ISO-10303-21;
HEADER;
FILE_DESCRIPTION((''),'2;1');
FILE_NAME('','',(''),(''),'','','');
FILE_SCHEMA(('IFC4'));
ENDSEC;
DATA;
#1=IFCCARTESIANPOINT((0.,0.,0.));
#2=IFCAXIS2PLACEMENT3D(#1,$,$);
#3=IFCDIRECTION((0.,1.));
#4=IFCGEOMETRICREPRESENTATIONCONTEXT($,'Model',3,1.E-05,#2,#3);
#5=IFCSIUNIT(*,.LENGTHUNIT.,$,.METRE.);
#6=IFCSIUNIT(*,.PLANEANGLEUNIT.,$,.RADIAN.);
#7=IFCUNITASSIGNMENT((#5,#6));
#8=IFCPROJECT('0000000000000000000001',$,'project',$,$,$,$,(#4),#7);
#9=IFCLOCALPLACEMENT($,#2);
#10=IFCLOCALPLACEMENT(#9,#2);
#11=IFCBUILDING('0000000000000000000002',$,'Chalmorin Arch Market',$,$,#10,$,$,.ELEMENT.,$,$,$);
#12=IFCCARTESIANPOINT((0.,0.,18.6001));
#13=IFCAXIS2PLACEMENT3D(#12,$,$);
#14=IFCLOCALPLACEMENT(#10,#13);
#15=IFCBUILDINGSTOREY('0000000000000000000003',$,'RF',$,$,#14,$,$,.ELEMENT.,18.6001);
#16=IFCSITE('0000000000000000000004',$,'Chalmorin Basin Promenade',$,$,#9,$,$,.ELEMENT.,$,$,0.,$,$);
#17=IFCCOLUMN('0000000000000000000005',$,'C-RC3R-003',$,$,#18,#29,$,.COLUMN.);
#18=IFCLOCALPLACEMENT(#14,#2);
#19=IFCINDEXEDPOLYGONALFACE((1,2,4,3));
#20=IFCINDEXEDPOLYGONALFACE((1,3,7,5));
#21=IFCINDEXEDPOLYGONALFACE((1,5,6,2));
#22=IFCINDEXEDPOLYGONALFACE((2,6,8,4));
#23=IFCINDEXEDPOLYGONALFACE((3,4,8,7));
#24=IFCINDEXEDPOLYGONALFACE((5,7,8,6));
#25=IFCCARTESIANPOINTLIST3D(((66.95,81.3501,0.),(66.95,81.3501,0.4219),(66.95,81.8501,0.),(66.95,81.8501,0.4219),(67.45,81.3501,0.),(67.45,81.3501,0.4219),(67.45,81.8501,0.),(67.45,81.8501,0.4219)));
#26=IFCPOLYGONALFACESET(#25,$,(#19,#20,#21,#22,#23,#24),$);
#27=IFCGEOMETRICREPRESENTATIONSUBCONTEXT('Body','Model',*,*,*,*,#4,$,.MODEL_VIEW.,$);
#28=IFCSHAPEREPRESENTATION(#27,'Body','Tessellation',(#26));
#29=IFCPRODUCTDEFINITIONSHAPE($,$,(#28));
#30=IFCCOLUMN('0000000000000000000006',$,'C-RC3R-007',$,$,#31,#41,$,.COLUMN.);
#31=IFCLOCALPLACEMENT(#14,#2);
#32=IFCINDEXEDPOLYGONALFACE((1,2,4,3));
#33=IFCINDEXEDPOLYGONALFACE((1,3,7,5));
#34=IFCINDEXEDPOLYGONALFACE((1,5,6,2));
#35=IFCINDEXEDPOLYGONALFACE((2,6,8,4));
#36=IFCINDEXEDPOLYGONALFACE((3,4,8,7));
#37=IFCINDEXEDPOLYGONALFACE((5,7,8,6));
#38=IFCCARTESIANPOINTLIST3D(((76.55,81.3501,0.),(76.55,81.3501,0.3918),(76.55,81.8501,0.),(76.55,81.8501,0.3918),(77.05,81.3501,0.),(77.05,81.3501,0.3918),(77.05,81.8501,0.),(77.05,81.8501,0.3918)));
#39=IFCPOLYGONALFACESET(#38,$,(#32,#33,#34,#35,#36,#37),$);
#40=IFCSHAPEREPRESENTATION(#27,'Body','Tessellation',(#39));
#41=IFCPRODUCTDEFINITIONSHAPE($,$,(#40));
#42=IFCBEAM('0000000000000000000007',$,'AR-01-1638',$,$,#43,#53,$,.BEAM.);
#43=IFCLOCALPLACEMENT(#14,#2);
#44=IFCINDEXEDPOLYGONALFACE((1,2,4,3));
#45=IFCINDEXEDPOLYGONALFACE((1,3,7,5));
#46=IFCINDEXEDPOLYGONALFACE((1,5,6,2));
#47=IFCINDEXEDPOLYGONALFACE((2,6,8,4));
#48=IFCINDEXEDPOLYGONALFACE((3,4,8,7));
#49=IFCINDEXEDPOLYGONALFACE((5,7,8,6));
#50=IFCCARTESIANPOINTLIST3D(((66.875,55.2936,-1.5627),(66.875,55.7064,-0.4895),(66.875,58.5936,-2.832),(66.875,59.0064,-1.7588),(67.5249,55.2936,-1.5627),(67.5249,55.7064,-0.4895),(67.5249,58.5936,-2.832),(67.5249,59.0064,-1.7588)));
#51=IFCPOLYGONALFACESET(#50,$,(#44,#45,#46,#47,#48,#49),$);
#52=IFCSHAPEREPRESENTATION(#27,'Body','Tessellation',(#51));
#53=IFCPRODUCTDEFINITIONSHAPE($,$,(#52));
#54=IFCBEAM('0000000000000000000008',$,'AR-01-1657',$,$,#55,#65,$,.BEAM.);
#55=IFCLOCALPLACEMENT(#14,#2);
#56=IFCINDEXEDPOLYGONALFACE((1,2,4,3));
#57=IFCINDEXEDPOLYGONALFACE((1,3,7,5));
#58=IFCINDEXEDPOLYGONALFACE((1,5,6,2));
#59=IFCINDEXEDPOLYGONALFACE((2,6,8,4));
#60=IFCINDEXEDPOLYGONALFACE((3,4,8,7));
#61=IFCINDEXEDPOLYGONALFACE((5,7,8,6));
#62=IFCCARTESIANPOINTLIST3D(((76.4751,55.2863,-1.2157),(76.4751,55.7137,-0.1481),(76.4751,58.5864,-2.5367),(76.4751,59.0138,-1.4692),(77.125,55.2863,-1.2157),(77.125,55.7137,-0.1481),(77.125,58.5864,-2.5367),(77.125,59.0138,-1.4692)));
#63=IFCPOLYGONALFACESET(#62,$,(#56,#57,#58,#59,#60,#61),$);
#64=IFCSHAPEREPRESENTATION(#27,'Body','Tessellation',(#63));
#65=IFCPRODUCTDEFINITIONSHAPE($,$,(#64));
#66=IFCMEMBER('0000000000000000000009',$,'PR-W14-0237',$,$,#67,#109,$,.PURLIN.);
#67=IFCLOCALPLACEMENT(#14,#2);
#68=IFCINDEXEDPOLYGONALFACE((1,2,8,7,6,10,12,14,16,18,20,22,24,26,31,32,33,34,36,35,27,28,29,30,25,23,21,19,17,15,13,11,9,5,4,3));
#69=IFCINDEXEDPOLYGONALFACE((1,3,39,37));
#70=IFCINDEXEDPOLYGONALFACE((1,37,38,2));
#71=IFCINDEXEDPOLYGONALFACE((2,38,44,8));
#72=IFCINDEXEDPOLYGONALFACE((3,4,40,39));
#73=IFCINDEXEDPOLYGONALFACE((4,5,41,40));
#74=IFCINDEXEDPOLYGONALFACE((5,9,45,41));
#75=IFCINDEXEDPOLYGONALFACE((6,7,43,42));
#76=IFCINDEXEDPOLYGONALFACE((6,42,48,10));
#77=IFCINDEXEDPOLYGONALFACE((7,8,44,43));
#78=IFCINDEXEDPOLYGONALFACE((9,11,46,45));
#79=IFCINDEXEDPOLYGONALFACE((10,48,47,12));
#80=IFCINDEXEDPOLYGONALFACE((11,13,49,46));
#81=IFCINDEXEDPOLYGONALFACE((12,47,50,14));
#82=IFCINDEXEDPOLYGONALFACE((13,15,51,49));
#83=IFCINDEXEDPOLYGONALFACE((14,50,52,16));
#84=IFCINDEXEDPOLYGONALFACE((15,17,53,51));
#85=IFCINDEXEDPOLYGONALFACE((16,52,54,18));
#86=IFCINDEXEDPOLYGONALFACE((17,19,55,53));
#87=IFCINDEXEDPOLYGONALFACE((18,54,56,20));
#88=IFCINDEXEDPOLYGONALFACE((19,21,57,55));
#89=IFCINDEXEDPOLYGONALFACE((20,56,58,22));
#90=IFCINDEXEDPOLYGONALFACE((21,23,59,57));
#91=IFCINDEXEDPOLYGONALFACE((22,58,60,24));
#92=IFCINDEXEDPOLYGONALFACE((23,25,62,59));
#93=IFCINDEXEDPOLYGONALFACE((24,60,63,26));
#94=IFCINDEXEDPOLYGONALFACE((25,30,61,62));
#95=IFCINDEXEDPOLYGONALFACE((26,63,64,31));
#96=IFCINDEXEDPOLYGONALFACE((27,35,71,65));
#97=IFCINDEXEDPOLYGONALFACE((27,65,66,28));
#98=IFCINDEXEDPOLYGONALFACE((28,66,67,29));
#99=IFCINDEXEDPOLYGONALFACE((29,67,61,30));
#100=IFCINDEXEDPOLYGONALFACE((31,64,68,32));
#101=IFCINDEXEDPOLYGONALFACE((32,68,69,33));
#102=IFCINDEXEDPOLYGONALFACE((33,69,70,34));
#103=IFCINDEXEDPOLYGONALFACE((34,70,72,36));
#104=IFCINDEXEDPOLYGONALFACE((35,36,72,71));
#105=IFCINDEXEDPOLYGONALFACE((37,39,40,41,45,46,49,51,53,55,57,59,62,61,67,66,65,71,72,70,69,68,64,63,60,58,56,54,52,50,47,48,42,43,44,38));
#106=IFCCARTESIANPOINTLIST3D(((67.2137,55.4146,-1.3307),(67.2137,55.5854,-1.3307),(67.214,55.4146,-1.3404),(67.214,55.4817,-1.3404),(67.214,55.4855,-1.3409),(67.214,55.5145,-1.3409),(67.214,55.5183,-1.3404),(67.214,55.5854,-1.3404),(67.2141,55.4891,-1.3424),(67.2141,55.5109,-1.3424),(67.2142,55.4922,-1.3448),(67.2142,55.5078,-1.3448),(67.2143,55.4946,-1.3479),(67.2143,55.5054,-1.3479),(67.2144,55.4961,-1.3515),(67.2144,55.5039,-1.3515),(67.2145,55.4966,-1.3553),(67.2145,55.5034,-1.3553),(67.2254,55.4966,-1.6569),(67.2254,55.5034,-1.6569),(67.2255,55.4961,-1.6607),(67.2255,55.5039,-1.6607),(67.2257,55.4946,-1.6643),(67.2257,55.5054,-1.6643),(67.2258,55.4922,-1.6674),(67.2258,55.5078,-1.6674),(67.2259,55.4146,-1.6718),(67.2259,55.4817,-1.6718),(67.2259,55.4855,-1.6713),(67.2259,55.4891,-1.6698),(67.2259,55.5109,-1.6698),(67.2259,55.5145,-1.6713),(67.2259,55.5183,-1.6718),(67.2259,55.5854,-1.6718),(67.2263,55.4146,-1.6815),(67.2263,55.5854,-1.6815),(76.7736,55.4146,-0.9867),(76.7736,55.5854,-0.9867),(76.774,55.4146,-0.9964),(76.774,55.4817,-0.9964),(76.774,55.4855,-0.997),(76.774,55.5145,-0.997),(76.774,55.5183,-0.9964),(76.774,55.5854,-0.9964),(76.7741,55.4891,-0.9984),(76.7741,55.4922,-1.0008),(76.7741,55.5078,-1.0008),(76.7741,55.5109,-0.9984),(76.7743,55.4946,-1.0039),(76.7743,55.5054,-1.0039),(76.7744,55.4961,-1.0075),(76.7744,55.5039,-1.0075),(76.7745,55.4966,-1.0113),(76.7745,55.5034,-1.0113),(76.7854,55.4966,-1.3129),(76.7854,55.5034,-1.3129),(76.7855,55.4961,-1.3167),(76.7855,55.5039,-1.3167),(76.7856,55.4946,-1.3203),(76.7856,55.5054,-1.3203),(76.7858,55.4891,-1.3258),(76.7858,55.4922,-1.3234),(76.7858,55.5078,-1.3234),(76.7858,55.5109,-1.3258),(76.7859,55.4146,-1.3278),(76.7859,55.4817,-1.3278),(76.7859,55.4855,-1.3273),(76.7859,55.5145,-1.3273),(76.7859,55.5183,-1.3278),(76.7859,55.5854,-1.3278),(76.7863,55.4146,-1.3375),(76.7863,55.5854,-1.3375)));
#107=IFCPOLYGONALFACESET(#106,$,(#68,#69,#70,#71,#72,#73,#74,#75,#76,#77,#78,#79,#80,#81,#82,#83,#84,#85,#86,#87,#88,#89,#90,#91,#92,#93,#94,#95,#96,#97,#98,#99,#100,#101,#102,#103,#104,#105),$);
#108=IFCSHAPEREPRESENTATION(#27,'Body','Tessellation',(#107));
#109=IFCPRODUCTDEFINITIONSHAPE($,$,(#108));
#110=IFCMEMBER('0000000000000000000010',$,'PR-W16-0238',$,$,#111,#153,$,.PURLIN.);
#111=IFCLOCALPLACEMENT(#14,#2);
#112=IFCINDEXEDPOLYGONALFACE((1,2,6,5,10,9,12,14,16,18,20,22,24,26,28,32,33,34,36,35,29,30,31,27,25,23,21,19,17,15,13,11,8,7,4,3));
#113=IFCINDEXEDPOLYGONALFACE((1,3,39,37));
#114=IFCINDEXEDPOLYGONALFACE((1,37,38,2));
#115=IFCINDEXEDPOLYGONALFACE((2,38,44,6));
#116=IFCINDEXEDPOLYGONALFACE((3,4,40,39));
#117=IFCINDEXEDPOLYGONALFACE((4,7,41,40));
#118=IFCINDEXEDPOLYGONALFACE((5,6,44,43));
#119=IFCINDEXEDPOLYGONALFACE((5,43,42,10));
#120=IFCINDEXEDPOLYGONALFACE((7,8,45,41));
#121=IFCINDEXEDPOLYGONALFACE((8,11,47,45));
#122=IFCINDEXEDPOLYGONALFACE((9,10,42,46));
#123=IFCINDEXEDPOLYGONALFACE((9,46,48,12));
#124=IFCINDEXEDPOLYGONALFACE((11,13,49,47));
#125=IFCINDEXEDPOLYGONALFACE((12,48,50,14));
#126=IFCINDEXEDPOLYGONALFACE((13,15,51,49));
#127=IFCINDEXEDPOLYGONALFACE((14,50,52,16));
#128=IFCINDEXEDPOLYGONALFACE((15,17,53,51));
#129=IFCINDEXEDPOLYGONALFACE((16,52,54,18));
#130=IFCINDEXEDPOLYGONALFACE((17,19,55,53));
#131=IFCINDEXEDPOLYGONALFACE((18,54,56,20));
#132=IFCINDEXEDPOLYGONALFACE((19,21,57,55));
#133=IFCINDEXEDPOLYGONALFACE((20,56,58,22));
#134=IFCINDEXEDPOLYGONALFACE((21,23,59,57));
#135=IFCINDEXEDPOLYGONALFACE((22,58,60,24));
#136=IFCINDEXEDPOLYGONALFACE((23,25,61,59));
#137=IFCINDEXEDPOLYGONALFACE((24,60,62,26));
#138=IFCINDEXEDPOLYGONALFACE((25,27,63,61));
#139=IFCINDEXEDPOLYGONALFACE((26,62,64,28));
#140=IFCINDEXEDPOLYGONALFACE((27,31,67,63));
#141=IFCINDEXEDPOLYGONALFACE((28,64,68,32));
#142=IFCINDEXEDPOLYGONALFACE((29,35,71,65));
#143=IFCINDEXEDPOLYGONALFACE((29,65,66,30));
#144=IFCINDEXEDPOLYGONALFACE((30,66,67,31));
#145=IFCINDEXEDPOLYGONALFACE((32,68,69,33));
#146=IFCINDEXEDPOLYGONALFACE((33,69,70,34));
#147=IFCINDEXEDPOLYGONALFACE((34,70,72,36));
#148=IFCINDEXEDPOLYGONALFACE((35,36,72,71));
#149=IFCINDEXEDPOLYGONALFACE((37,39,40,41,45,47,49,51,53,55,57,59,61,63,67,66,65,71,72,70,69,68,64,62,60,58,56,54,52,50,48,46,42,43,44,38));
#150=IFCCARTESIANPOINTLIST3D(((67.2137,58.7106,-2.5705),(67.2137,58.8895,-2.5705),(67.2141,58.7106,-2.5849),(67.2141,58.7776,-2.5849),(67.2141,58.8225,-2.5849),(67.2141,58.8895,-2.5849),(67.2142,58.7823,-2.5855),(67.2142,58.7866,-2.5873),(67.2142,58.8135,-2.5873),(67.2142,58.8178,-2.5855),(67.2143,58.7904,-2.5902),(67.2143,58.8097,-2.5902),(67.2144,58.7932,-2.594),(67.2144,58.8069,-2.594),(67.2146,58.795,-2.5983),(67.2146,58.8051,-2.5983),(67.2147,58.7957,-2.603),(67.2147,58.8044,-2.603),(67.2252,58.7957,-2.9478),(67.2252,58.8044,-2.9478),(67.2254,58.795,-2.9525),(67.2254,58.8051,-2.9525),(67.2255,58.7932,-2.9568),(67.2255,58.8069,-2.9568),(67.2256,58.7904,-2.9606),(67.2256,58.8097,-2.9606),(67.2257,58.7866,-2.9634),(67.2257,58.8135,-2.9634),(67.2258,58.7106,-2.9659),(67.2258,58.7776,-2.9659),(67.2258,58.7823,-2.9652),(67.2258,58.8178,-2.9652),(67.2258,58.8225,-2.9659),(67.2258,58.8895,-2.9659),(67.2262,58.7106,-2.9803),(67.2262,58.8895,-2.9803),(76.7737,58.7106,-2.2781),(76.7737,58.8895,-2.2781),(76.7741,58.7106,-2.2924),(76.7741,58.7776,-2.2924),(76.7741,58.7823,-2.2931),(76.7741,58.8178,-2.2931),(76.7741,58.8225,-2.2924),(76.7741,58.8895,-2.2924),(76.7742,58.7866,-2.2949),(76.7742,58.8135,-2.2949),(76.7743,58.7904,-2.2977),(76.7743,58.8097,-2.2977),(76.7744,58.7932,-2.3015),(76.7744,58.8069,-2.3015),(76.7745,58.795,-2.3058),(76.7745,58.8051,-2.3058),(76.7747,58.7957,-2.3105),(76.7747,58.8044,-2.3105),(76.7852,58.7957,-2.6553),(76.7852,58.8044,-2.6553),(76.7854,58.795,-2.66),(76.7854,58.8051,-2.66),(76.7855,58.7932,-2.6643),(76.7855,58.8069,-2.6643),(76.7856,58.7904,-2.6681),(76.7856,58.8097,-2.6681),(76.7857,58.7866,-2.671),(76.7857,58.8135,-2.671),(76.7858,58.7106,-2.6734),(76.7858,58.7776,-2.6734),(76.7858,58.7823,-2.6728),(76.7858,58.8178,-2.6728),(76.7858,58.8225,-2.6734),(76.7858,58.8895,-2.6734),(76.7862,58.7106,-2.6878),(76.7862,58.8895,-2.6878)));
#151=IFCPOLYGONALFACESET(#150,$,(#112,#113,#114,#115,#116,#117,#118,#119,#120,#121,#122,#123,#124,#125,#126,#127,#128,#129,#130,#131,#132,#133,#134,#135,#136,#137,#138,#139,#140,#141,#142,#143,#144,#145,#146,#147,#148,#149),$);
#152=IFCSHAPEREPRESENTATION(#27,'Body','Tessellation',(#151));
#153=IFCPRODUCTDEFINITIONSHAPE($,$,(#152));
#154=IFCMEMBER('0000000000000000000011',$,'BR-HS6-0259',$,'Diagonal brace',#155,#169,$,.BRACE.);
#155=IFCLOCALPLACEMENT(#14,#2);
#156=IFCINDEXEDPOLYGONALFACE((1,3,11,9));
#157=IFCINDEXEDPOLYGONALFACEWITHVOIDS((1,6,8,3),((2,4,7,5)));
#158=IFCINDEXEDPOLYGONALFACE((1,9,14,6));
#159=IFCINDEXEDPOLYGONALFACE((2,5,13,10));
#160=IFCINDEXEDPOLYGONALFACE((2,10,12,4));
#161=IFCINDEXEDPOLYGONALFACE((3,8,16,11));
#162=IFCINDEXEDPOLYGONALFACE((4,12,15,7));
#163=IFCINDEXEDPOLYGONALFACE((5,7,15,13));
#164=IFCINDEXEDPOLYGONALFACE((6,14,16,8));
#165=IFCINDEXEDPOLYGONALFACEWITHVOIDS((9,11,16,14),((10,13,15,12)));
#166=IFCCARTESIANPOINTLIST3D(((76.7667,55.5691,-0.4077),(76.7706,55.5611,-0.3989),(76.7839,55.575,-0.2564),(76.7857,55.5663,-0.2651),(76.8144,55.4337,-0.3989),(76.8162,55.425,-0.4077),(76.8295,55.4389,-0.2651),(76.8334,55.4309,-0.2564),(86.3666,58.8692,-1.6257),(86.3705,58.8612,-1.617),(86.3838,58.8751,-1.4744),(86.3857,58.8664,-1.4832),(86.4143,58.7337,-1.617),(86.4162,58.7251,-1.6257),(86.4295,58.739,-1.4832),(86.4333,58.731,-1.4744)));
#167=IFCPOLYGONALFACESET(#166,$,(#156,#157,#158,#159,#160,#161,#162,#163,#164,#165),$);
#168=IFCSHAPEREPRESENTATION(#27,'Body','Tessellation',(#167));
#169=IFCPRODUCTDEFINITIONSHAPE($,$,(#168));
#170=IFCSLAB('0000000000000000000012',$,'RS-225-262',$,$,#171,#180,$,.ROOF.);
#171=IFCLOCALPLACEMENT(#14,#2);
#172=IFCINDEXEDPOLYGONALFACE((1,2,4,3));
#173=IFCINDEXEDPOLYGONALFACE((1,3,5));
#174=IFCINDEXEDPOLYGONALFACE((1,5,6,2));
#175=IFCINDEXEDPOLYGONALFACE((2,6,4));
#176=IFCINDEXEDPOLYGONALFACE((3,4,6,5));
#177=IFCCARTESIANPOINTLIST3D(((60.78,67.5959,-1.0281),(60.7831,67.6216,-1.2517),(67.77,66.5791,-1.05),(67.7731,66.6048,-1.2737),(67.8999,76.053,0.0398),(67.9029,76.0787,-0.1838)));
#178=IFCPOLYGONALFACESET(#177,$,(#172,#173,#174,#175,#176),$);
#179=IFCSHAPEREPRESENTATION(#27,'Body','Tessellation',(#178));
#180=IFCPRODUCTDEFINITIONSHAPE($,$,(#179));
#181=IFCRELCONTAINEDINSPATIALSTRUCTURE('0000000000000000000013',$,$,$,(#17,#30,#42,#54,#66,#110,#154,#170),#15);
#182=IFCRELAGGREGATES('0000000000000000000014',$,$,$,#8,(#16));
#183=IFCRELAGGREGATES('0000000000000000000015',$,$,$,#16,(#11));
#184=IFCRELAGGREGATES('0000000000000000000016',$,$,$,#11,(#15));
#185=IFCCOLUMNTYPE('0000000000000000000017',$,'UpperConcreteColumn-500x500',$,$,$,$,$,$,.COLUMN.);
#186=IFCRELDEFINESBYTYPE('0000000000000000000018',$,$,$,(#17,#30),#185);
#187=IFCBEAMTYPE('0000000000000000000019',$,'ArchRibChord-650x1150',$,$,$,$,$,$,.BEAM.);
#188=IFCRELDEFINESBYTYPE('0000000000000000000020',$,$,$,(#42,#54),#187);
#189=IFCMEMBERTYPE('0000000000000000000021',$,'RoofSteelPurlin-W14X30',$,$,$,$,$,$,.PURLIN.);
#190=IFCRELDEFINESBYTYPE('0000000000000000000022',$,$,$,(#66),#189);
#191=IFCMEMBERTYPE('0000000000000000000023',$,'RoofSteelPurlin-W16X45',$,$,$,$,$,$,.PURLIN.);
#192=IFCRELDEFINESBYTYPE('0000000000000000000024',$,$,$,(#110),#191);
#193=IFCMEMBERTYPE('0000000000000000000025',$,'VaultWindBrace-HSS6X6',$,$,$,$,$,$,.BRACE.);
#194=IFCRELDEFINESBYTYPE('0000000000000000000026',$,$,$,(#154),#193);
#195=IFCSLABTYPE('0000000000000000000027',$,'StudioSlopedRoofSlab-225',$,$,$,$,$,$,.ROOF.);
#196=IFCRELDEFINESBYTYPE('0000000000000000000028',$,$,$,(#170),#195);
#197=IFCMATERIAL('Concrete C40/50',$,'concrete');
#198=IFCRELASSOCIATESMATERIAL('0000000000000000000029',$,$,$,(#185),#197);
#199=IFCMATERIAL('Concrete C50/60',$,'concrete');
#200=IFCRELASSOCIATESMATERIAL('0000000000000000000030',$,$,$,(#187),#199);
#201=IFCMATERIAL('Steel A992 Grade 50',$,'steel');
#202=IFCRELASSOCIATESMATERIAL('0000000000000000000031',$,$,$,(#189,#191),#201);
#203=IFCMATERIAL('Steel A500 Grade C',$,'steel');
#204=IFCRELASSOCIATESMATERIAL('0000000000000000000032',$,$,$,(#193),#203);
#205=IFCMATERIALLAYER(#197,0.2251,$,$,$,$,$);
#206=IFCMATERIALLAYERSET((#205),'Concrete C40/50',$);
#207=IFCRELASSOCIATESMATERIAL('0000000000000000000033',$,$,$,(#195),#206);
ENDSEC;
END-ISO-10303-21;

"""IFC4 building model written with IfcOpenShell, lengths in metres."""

from ifc_helpers import new_model, si_unit, direction, frame, origin, origin_2d, place, context, subcontext, project, spatial, polyline, rectangle, hollow_rectangle, i_section, outline, extrude, material, layer, layer_set, material_profile, profile_set, type_object, element, save


model = new_model("IFC4")

# Units and contexts
model_context = context("Model", 3, precision=1e-05, world=origin(), true_north=direction((0.0, 1.0)))
body_context = subcontext(model_context, "Body", "Model", "MODEL_VIEW")
ifc_project = project(units=[si_unit("LENGTHUNIT", "METRE"), si_unit("PLANEANGLEUNIT", "RADIAN")], contexts=[model_context])

# Site, building, storey
site_placement = place(None, origin())
site = spatial("IfcSite", under=ifc_project, at=site_placement, Name="Chalmorin Basin Promenade", CompositionType="ELEMENT", RefElevation=0.0)
building_placement = place(site_placement, origin())
building = spatial("IfcBuilding", under=site, at=building_placement, Name="Chalmorin Arch Market", CompositionType="ELEMENT")
storey_placement = place(building_placement, frame((0.0, 0.0, 18.6001)))
storey = spatial("IfcBuildingStorey", under=building, at=storey_placement, Name="RF", CompositionType="ELEMENT", Elevation=18.6001)

# Columns
ifc_material_1 = material(Name="Concrete C40/50", Category="concrete")
ifc_material_profile_1 = material_profile(ifc_material_1, rectangle(XDim=0.5, YDim=0.5, at=origin_2d()), Name="RC500X500")
ifc_profile_set_1 = profile_set([ifc_material_profile_1], Name="Concrete C40/50")
column_type = type_object("IfcColumnType", Name="UpperConcreteColumn-500x500", PredefinedType="COLUMN", material=ifc_profile_set_1)
column_1_placement = place(storey_placement, frame((67.2, 81.6001, 0.0), z_axis=(0.0, 0.0, 1.0), x_axis=(1.0, 0.0, 0.0)))
element("IfcColumn", 1, at=column_1_placement, inside=storey, type_object=column_type, Name="C-RC3R-003", PredefinedType="COLUMN", context=body_context, shape_type="SweptSolid", body=[
    extrude(rectangle(XDim=0.5, YDim=0.5, at=origin_2d()), origin(), (0.0, 0.0, 1.0), 0.4219),
])
column_2_placement = place(storey_placement, frame((76.8, 81.6001, 0.0), z_axis=(0.0, 0.0, 1.0), x_axis=(1.0, 0.0, 0.0)))
element("IfcColumn", 2, at=column_2_placement, inside=storey, type_object=column_type, Name="C-RC3R-007", PredefinedType="COLUMN", context=body_context, shape_type="SweptSolid", body=[
    extrude(rectangle(XDim=0.5, YDim=0.5, at=origin_2d()), origin(), (0.0, 0.0, 1.0), 0.3918),
])

# Beams
ifc_material_2 = material(Name="Concrete C50/60", Category="concrete")
ifc_material_profile_2 = material_profile(ifc_material_2, rectangle(XDim=0.6499, YDim=1.1499, at=origin_2d()), Name="RC650X1150")
ifc_profile_set_2 = profile_set([ifc_material_profile_2], Name="Concrete C50/60")
beam_type = type_object("IfcBeamType", Name="ArchRibChord-650x1150", PredefinedType="BEAM", material=ifc_profile_set_2)
beam_1_placement = place(storey_placement, frame((67.2, 55.5, -1.0261), z_axis=(0.0, 0.933342, -0.358988), x_axis=(-1.0, 0.0, 0.0)))
element("IfcBeam", 3, at=beam_1_placement, inside=storey, type_object=beam_type, Name="AR-01-1638", PredefinedType="BEAM", context=body_context, shape_type="SweptSolid", body=[
    extrude(rectangle(XDim=0.6499, YDim=1.1499, at=origin_2d()), origin(), (0.0, 0.0, 1.0), 3.5356),
])
beam_2_placement = place(storey_placement, frame((76.8, 55.5, -0.6819), z_axis=(0.0, 0.928377, -0.371639), x_axis=(-1.0, 0.0, 0.0)))
element("IfcBeam", 4, at=beam_2_placement, inside=storey, type_object=beam_type, Name="AR-01-1657", PredefinedType="BEAM", context=body_context, shape_type="SweptSolid", body=[
    extrude(rectangle(XDim=0.6499, YDim=1.1499, at=origin_2d()), origin(), (0.0, 0.0, 1.0), 3.5547),
])

# Members
ifc_material_3 = material(Name="Steel A992 Grade 50", Category="steel")
ifc_material_profile_3 = material_profile(ifc_material_3, i_section(OverallWidth=0.1709, OverallDepth=0.3511, WebThickness=0.0068, FlangeThickness=0.0098, FilletRadius=0.0149, at=origin_2d()), Name="W14X30")
ifc_profile_set_3 = profile_set([ifc_material_profile_3], Name="Steel A992 Grade 50")
member_type_1 = type_object("IfcMemberType", Name="RoofSteelPurlin-W14X30", PredefinedType="PURLIN", material=ifc_profile_set_3)
member_1_placement = place(storey_placement, frame((67.22, 55.5, -1.5061), z_axis=(0.999353, 0.0, 0.035959), x_axis=(0.0, 1.0, 0.0)))
element("IfcMember", 5, at=member_1_placement, inside=storey, type_object=member_type_1, Name="PR-W14-0237", PredefinedType="PURLIN", context=body_context, shape_type="SweptSolid", body=[
    extrude(i_section(OverallWidth=0.1709, OverallDepth=0.3511, WebThickness=0.0068, FlangeThickness=0.0098, FilletRadius=0.0149, at=origin_2d()), origin(), (0.0, 0.0, 1.0), 9.5662),
])
ifc_material_profile_4 = material_profile(ifc_material_3, i_section(OverallWidth=0.179, OverallDepth=0.4099, WebThickness=0.0088, FlangeThickness=0.0144, FilletRadius=0.0181, at=origin_2d()), Name="W16X45")
ifc_profile_set_4 = profile_set([ifc_material_profile_4], Name="Steel A992 Grade 50")
member_type_2 = type_object("IfcMemberType", Name="RoofSteelPurlin-W16X45", PredefinedType="PURLIN", material=ifc_profile_set_4)
member_2_placement = place(storey_placement, frame((67.22, 58.8, -2.7754), z_axis=(0.999532, 0.0, 0.03058), x_axis=(0.0, 1.0, 0.0)))
element("IfcMember", 6, at=member_2_placement, inside=storey, type_object=member_type_2, Name="PR-W16-0238", PredefinedType="PURLIN", context=body_context, shape_type="SweptSolid", body=[
    extrude(i_section(OverallWidth=0.179, OverallDepth=0.4099, WebThickness=0.0088, FlangeThickness=0.0144, FilletRadius=0.0181, at=origin_2d()), origin(), (0.0, 0.0, 1.0), 9.5645),
])
ifc_material_4 = material(Name="Steel A500 Grade C", Category="steel")
ifc_material_profile_5 = material_profile(ifc_material_4, hollow_rectangle(XDim=0.1523, YDim=0.1523, WallThickness=0.0088, at=origin_2d()), Name="HSS6X6X3/8")
ifc_profile_set_5 = profile_set([ifc_material_profile_5], Name="Steel A500 Grade C")
member_type_3 = type_object("IfcMemberType", Name="VaultWindBrace-HSS6X6", PredefinedType="BRACE", material=ifc_profile_set_5)
member_3_placement = place(storey_placement, frame((76.8, 55.5, -0.332), z_axis=(0.938949, 0.322773, -0.119133), x_axis=(-0.325089, 0.945684, 0.0)))
element("IfcMember", 7, at=member_3_placement, inside=storey, type_object=member_type_3, Name="BR-HS6-0259", ObjectType="Diagonal brace", PredefinedType="BRACE", context=body_context, shape_type="SweptSolid", body=[
    extrude(hollow_rectangle(XDim=0.1523, YDim=0.1523, WallThickness=0.0088, at=origin_2d()), origin(), (0.0, 0.0, 1.0), 10.2241),
])

# Slab
ifc_layer_1 = layer(ifc_material_1, 0.2251)
ifc_layer_set_1 = layer_set([ifc_layer_1], Name="Concrete C40/50")
slab_type_1 = type_object("IfcSlabType", Name="StudioSlopedRoofSlab-225", PredefinedType="ROOF", material=ifc_layer_set_1)
slab_1_placement = place(storey_placement, frame((60.78, 67.5959, -1.0281), z_axis=(-0.013474, -0.11409, 0.993379), x_axis=(0.989579, -0.143956, -0.003111)))
element("IfcSlab", 8, at=slab_1_placement, inside=storey, type_object=slab_type_1, Name="RS-225-262", PredefinedType="ROOF", context=body_context, shape_type="SweptSolid", body=[
    extrude(outline(polyline([(0.0, 0.0), (7.0636, 0.0), (5.8249, 9.4565), (0.0, 0.0)])), origin(), (0.0, 0.0, -1.0), 0.2251),
])

save(model, "model.ifc")
